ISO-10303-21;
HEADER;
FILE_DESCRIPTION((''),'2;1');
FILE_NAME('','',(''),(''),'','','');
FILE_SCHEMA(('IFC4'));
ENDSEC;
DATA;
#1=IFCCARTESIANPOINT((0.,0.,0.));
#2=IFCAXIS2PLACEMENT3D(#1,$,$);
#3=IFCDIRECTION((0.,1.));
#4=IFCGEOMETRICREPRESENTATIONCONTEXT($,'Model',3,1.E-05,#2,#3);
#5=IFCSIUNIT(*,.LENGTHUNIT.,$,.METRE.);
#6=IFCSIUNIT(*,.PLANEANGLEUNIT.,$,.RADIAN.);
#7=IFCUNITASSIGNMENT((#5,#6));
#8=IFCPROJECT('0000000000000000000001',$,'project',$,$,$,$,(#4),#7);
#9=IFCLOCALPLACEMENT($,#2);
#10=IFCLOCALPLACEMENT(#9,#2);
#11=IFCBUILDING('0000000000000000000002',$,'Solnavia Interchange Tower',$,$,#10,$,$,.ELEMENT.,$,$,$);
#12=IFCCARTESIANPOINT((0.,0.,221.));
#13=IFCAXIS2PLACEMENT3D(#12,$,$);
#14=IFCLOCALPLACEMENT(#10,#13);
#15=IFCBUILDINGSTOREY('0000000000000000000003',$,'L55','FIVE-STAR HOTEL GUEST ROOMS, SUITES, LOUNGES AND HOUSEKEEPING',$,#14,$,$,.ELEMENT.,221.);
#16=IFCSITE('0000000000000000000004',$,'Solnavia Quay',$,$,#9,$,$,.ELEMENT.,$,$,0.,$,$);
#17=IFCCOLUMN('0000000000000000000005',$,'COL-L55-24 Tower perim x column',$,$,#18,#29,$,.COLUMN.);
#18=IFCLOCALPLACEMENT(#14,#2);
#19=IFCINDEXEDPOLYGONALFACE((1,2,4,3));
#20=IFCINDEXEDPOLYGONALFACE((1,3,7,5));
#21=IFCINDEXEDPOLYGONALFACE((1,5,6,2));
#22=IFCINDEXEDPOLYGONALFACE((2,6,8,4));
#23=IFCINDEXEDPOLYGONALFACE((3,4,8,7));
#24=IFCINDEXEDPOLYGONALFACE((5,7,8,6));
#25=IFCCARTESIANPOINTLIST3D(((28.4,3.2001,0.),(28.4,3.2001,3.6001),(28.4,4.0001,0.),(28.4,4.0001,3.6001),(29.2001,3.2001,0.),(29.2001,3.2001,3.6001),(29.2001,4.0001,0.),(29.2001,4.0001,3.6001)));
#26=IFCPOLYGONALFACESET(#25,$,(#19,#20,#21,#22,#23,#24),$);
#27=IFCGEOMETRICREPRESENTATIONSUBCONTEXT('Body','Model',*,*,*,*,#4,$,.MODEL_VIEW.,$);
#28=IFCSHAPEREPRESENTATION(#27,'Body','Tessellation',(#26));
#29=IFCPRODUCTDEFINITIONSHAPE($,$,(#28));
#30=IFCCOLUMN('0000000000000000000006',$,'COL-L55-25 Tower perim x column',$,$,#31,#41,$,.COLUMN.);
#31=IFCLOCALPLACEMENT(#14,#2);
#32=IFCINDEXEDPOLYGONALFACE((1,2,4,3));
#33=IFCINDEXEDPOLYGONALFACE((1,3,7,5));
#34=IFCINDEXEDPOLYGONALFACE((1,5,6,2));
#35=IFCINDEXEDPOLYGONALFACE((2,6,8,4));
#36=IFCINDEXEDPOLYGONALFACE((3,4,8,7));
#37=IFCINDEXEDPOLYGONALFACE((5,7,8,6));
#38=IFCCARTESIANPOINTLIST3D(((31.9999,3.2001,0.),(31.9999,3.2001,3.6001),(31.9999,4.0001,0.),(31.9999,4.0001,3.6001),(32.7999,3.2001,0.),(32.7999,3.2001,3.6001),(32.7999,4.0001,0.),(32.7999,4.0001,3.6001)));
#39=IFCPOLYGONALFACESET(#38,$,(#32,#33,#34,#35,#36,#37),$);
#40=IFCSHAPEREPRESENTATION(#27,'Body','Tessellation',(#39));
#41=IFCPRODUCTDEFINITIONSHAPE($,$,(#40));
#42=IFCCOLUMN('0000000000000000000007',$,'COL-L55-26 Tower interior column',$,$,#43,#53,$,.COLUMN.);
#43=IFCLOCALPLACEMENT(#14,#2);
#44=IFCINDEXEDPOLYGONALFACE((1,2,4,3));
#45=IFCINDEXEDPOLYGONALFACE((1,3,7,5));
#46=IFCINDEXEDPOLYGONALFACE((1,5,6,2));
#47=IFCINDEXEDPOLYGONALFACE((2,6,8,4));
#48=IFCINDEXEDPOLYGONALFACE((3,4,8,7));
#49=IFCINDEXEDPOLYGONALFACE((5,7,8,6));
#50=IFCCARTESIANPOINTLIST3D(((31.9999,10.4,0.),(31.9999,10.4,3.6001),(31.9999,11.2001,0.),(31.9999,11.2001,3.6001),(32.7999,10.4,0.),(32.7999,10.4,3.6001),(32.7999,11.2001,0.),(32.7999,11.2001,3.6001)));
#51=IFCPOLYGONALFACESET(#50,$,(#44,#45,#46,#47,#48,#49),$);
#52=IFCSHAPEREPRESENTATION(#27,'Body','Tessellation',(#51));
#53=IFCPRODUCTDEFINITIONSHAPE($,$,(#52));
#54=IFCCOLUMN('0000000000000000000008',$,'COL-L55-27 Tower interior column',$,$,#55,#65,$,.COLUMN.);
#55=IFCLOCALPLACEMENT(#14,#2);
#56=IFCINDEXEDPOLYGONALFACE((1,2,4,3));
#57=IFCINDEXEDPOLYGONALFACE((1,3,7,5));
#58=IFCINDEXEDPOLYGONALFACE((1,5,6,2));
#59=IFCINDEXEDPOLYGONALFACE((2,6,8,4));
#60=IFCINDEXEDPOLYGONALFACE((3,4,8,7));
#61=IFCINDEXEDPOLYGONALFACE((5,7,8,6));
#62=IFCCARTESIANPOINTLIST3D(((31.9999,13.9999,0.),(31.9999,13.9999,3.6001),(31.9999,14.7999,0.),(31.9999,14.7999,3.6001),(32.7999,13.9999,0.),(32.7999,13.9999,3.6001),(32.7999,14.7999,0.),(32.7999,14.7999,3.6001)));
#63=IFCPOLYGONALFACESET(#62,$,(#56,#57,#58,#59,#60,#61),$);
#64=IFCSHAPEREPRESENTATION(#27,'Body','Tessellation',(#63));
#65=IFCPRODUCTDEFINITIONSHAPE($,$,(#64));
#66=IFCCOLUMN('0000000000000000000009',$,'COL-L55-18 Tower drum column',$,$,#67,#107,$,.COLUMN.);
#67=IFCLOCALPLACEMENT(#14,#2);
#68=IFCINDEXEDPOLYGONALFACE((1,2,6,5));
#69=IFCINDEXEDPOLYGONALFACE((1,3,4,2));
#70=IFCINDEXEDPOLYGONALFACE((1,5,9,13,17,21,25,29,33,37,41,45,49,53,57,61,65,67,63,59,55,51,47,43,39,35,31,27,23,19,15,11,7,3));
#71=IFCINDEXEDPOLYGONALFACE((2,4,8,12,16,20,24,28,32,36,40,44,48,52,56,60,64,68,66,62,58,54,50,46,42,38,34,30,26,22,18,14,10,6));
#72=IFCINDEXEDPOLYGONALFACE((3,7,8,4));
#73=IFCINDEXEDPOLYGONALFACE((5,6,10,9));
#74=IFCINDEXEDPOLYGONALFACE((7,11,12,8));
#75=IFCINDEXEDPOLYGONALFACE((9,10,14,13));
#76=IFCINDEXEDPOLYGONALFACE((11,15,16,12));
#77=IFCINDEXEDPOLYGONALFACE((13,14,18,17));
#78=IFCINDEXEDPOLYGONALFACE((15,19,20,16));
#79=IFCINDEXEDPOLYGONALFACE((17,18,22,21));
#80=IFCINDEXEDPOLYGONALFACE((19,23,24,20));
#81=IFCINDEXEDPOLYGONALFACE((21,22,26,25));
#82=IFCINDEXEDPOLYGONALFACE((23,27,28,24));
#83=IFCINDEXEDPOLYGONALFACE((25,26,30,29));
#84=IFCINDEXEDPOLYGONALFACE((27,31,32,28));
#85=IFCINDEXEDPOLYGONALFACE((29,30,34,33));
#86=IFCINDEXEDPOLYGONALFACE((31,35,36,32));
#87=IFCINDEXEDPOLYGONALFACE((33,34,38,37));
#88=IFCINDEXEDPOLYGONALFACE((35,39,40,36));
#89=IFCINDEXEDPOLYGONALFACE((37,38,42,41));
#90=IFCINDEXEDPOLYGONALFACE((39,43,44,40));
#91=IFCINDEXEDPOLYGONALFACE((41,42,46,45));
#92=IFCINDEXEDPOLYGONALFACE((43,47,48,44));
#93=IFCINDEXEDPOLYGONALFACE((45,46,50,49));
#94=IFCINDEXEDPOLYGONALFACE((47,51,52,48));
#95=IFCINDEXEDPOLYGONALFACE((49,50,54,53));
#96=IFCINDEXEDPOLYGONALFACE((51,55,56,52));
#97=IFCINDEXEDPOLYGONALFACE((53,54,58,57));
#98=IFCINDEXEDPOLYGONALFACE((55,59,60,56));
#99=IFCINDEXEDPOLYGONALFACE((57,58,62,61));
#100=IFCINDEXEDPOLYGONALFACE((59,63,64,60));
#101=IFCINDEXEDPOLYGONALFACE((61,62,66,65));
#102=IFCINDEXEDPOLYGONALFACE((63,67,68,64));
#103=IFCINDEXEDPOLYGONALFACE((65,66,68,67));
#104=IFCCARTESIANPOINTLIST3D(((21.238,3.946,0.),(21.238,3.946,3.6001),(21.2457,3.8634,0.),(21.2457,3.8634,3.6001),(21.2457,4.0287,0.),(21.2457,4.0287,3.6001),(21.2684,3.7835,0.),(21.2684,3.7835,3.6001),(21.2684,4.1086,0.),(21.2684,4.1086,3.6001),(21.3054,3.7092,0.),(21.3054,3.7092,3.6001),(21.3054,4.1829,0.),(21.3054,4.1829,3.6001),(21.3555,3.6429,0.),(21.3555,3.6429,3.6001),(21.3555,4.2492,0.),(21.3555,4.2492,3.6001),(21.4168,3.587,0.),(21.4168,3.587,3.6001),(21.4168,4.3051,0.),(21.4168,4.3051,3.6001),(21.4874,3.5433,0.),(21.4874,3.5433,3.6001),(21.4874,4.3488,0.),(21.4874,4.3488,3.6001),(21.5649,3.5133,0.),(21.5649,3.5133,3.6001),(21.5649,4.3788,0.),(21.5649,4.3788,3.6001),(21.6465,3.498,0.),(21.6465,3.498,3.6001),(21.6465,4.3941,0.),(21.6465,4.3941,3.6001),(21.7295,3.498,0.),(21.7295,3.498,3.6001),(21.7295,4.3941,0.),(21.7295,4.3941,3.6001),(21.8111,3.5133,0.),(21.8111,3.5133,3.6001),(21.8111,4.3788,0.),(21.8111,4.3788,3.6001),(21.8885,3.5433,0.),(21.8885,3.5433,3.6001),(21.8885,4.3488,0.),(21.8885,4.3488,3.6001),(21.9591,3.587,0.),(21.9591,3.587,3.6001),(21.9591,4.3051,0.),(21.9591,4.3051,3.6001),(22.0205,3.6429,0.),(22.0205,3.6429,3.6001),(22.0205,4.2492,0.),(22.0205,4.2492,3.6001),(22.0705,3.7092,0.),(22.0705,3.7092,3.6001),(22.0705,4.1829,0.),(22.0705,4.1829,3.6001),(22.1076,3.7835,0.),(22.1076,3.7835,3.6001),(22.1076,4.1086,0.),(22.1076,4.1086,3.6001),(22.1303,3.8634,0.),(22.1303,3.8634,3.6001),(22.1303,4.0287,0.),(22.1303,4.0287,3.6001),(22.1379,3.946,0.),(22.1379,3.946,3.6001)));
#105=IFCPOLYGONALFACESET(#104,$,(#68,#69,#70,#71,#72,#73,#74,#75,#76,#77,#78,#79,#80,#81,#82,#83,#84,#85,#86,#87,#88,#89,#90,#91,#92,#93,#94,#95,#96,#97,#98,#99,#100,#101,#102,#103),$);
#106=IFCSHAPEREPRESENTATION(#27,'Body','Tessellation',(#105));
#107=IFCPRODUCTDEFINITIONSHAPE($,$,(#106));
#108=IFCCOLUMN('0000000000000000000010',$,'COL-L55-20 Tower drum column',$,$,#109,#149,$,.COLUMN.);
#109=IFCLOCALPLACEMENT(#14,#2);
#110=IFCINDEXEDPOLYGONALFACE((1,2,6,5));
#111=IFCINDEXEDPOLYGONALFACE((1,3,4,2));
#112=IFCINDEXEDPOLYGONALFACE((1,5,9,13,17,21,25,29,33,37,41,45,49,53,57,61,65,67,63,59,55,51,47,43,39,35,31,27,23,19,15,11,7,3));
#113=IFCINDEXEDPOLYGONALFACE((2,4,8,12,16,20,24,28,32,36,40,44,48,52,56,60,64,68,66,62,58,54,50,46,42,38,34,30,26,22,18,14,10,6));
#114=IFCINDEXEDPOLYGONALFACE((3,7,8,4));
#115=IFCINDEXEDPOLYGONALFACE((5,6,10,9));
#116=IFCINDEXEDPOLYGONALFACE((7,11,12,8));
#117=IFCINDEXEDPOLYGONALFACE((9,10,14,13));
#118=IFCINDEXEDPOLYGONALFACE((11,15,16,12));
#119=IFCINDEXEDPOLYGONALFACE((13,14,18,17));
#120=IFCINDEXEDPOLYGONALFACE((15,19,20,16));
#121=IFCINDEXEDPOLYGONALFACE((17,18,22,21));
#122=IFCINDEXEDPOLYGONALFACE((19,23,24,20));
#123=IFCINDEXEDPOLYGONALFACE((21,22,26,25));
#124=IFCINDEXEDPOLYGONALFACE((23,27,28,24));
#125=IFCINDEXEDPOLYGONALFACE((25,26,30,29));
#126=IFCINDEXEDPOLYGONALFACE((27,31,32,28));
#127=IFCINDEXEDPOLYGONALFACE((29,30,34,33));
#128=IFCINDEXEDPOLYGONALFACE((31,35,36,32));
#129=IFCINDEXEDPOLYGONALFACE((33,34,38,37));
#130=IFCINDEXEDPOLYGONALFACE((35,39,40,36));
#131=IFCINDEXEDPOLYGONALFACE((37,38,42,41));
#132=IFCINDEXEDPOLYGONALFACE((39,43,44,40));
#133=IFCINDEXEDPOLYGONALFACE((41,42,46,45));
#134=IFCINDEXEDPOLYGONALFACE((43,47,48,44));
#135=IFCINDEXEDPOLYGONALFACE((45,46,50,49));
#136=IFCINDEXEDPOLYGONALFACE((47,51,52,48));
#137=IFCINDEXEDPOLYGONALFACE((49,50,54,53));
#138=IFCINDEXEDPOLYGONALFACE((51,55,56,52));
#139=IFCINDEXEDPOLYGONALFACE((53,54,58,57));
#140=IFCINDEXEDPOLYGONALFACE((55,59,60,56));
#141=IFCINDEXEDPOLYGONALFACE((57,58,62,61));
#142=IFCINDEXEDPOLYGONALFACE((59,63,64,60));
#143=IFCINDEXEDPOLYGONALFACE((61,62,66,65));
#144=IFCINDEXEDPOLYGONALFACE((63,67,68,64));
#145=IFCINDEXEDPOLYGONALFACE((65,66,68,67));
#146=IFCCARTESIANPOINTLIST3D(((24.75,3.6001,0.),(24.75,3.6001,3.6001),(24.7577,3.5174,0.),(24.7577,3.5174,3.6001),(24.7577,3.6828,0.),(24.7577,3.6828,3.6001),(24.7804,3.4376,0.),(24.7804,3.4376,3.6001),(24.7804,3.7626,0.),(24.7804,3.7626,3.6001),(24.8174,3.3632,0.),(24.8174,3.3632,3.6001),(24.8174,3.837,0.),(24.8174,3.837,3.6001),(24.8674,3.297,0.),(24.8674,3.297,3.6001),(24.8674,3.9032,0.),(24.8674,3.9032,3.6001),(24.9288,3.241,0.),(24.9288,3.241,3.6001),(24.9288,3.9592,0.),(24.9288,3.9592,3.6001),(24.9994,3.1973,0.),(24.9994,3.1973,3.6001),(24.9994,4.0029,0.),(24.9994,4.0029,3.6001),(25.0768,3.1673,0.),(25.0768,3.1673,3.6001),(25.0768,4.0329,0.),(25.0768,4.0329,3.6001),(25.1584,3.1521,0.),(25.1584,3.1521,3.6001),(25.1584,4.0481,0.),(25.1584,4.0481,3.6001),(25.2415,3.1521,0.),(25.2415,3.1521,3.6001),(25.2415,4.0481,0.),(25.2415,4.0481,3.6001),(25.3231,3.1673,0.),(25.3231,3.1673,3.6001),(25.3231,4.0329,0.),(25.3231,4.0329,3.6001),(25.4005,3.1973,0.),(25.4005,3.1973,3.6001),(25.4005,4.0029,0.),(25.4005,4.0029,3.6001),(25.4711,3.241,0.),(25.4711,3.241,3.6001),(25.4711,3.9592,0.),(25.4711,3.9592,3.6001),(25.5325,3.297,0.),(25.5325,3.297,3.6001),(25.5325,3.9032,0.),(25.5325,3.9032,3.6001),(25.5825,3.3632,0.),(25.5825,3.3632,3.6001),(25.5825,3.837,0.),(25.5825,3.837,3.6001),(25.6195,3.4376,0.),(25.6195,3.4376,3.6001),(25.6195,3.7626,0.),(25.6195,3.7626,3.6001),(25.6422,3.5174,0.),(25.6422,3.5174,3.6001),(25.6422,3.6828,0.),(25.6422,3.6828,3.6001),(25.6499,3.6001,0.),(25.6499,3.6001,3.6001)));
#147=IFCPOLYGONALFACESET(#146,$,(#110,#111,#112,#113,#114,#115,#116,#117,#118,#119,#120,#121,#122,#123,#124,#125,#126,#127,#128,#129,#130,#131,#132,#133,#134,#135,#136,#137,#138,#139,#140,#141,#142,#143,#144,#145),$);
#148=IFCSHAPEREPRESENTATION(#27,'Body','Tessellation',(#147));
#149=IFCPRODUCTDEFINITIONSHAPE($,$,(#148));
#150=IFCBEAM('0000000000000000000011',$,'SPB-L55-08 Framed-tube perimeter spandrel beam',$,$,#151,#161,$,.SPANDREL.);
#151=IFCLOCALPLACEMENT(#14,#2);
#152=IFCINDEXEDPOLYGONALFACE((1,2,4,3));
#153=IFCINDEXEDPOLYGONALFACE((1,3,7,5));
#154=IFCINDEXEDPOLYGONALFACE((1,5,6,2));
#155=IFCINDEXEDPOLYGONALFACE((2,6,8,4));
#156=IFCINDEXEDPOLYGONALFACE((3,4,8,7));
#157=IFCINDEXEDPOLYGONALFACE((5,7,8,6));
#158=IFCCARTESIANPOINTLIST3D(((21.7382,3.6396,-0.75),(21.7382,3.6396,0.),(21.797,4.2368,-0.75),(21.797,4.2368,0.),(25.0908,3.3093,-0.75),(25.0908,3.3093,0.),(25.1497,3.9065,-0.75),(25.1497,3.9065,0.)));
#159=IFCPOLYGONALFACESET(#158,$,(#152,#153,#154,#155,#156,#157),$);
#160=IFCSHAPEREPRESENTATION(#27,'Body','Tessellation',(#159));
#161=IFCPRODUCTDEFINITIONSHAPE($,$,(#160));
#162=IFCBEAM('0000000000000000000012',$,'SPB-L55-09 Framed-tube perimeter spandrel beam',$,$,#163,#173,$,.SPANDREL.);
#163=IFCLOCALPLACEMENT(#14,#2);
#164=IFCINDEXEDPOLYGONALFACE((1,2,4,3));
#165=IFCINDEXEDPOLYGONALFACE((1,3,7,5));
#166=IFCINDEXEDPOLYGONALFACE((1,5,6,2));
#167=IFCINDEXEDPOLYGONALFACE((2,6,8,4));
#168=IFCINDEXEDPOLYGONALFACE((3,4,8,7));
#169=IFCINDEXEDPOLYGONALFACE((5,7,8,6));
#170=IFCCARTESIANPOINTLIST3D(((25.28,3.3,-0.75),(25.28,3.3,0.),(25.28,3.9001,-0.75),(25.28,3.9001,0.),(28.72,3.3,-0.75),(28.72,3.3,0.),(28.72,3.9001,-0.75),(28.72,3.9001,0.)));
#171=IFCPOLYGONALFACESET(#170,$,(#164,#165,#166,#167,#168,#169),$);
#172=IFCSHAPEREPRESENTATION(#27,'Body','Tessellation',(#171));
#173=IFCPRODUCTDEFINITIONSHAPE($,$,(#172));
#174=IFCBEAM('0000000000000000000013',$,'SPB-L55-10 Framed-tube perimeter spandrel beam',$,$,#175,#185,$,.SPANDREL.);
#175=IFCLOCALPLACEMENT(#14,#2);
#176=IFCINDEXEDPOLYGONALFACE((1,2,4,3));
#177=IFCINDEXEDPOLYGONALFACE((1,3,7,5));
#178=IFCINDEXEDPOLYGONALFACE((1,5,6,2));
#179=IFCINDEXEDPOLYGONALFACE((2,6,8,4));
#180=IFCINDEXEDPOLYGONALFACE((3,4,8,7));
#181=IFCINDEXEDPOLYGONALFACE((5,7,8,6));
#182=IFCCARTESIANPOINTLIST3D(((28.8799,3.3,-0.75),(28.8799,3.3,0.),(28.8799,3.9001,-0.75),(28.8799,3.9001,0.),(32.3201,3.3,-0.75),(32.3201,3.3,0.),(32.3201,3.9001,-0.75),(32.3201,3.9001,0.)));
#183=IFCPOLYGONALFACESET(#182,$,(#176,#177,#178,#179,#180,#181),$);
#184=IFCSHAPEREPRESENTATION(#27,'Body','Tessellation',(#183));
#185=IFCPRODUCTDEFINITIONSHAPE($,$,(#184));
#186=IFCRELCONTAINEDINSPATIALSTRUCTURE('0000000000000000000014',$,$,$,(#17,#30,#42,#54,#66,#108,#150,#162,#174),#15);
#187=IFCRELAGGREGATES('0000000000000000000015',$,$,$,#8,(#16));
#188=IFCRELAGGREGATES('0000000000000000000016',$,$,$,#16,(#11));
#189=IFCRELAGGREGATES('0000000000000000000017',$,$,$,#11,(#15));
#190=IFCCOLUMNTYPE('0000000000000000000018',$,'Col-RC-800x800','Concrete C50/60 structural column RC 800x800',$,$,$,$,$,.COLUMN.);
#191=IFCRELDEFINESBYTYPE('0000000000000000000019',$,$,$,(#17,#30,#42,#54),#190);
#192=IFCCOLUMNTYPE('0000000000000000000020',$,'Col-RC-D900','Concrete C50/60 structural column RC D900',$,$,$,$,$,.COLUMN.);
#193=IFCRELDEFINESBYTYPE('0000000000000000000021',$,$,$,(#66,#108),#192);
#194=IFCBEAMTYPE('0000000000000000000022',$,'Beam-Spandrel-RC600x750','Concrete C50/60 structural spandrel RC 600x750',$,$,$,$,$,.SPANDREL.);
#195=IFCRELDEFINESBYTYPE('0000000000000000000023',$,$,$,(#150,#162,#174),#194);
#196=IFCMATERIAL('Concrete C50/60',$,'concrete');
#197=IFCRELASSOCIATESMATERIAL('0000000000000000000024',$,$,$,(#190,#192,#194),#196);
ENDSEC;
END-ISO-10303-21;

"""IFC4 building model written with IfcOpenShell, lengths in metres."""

from ifc_helpers import new_model, si_unit, direction, frame, origin, origin_2d, place, context, subcontext, project, spatial, rectangle, circle, extrude, material, material_profile, profile_set, type_object, element, save


model = new_model("IFC4")

# Units and contexts
model_context = context("Model", 3, precision=1e-05, world=origin(), true_north=direction((0.0, 1.0)))
body_context = subcontext(model_context, "Body", "Model", "MODEL_VIEW")
ifc_project = project(units=[si_unit("LENGTHUNIT", "METRE"), si_unit("PLANEANGLEUNIT", "RADIAN")], contexts=[model_context])

# Site, building, storey
site_placement = place(None, origin())
site = spatial("IfcSite", under=ifc_project, at=site_placement, Name="Solnavia Quay", CompositionType="ELEMENT", RefElevation=0.0)
building_placement = place(site_placement, origin())
building = spatial("IfcBuilding", under=site, at=building_placement, Name="Solnavia Interchange Tower", CompositionType="ELEMENT")
storey_placement = place(building_placement, frame((0.0, 0.0, 221.0)))
storey = spatial("IfcBuildingStorey", under=building, at=storey_placement, Name="L55", Description="FIVE-STAR HOTEL GUEST ROOMS, SUITES, LOUNGES AND HOUSEKEEPING", CompositionType="ELEMENT", Elevation=221.0)

# Columns
ifc_material_1 = material(Name="Concrete C50/60", Category="concrete")
ifc_material_profile_1 = material_profile(ifc_material_1, rectangle(XDim=0.8, YDim=0.8, at=origin_2d()), Name="RC 800x800")
ifc_profile_set_1 = profile_set([ifc_material_profile_1], Name="Concrete C50/60")
column_type_1 = type_object("IfcColumnType", Name="Col-RC-800x800", Description="Concrete C50/60 structural column RC 800x800", PredefinedType="COLUMN", material=ifc_profile_set_1)
for number, where, z_axis, x_axis, name in (
    (1, (28.8, 3.6001, 0.0), (0.0, 0.0, 1.0), (1.0, 0.0, 0.0), "COL-L55-24 Tower perim x column"),
    (2, (32.3999, 3.6001, 0.0), (0.0, 0.0, 1.0), (1.0, 0.0, 0.0), "COL-L55-25 Tower perim x column"),
    (3, (32.3999, 10.8, 0.0), (0.0, 0.0, 1.0), (1.0, 0.0, 0.0), "COL-L55-26 Tower interior column"),
    (4, (32.3999, 14.3999, 0.0), (0.0, 0.0, 1.0), (1.0, 0.0, 0.0), "COL-L55-27 Tower interior column"),
):
    element("IfcColumn", number, at=place(storey_placement, frame(where, z_axis=z_axis, x_axis=x_axis)), inside=storey, type_object=column_type_1, Name=name, PredefinedType="COLUMN", context=body_context, shape_type="SweptSolid", body=[
        extrude(rectangle(XDim=0.8, YDim=0.8, at=origin_2d()), origin(), (0.0, 0.0, 1.0), 3.6001),
    ])
ifc_material_profile_2 = material_profile(ifc_material_1, circle(Radius=0.45, at=origin_2d()), Name="RC D900")
ifc_profile_set_2 = profile_set([ifc_material_profile_2], Name="Concrete C50/60")
column_type_2 = type_object("IfcColumnType", Name="Col-RC-D900", Description="Concrete C50/60 structural column RC D900", PredefinedType="COLUMN", material=ifc_profile_set_2)
for number, where, z_axis, x_axis, name in (
    (5, (21.688, 3.946, 0.0), (0.0, 0.0, 1.0), (1.0, 0.0, 0.0), "COL-L55-18 Tower drum column"),
    (6, (25.2, 3.6001, 0.0), (0.0, 0.0, 1.0), (1.0, 0.0, 0.0), "COL-L55-20 Tower drum column"),
):
    element("IfcColumn", number, at=place(storey_placement, frame(where, z_axis=z_axis, x_axis=x_axis)), inside=storey, type_object=column_type_2, Name=name, PredefinedType="COLUMN", context=body_context, shape_type="SweptSolid", body=[
        extrude(circle(Radius=0.45, at=origin_2d()), origin(), (0.0, 0.0, 1.0), 3.6001),
    ])

# Beams
ifc_material_profile_3 = material_profile(ifc_material_1, rectangle(XDim=0.6001, YDim=0.75, at=origin_2d()), Name="RC 600x750")
ifc_profile_set_3 = profile_set([ifc_material_profile_3], Name="Concrete C50/60")
beam_type = type_object("IfcBeamType", Name="Beam-Spandrel-RC600x750", Description="Concrete C50/60 structural spandrel RC 600x750", PredefinedType="SPANDREL", material=ifc_profile_set_3)
beam_1_placement = place(storey_placement, frame((21.7676, 3.9382, -0.375), z_axis=(0.995182, -0.098047, 0.0), x_axis=(0.098047, 0.995182, 0.0)))
element("IfcBeam", 7, at=beam_1_placement, inside=storey, type_object=beam_type, Name="SPB-L55-08 Framed-tube perimeter spandrel beam", PredefinedType="SPANDREL", context=body_context, shape_type="SweptSolid", body=[
    extrude(rectangle(XDim=0.6001, YDim=0.75, at=origin_2d()), origin(), (0.0, 0.0, 1.0), 3.3689),
])
beam_2_placement = place(storey_placement, frame((25.28, 3.6001, -0.375), z_axis=(1.0, 0.0, 0.0), x_axis=(0.0, 1.0, 0.0)))
element("IfcBeam", 8, at=beam_2_placement, inside=storey, type_object=beam_type, Name="SPB-L55-09 Framed-tube perimeter spandrel beam", PredefinedType="SPANDREL", context=body_context, shape_type="SweptSolid", body=[
    extrude(rectangle(XDim=0.6001, YDim=0.75, at=origin_2d()), origin(), (0.0, 0.0, 1.0), 3.4399),
])
beam_3_placement = place(storey_placement, frame((28.8799, 3.6001, -0.375), z_axis=(1.0, 0.0, 0.0), x_axis=(0.0, 1.0, 0.0)))
element("IfcBeam", 9, at=beam_3_placement, inside=storey, type_object=beam_type, Name="SPB-L55-10 Framed-tube perimeter spandrel beam", PredefinedType="SPANDREL", context=body_context, shape_type="SweptSolid", body=[
    extrude(rectangle(XDim=0.6001, YDim=0.75, at=origin_2d()), origin(), (0.0, 0.0, 1.0), 3.4402),
])

save(model, "model.ifc")
